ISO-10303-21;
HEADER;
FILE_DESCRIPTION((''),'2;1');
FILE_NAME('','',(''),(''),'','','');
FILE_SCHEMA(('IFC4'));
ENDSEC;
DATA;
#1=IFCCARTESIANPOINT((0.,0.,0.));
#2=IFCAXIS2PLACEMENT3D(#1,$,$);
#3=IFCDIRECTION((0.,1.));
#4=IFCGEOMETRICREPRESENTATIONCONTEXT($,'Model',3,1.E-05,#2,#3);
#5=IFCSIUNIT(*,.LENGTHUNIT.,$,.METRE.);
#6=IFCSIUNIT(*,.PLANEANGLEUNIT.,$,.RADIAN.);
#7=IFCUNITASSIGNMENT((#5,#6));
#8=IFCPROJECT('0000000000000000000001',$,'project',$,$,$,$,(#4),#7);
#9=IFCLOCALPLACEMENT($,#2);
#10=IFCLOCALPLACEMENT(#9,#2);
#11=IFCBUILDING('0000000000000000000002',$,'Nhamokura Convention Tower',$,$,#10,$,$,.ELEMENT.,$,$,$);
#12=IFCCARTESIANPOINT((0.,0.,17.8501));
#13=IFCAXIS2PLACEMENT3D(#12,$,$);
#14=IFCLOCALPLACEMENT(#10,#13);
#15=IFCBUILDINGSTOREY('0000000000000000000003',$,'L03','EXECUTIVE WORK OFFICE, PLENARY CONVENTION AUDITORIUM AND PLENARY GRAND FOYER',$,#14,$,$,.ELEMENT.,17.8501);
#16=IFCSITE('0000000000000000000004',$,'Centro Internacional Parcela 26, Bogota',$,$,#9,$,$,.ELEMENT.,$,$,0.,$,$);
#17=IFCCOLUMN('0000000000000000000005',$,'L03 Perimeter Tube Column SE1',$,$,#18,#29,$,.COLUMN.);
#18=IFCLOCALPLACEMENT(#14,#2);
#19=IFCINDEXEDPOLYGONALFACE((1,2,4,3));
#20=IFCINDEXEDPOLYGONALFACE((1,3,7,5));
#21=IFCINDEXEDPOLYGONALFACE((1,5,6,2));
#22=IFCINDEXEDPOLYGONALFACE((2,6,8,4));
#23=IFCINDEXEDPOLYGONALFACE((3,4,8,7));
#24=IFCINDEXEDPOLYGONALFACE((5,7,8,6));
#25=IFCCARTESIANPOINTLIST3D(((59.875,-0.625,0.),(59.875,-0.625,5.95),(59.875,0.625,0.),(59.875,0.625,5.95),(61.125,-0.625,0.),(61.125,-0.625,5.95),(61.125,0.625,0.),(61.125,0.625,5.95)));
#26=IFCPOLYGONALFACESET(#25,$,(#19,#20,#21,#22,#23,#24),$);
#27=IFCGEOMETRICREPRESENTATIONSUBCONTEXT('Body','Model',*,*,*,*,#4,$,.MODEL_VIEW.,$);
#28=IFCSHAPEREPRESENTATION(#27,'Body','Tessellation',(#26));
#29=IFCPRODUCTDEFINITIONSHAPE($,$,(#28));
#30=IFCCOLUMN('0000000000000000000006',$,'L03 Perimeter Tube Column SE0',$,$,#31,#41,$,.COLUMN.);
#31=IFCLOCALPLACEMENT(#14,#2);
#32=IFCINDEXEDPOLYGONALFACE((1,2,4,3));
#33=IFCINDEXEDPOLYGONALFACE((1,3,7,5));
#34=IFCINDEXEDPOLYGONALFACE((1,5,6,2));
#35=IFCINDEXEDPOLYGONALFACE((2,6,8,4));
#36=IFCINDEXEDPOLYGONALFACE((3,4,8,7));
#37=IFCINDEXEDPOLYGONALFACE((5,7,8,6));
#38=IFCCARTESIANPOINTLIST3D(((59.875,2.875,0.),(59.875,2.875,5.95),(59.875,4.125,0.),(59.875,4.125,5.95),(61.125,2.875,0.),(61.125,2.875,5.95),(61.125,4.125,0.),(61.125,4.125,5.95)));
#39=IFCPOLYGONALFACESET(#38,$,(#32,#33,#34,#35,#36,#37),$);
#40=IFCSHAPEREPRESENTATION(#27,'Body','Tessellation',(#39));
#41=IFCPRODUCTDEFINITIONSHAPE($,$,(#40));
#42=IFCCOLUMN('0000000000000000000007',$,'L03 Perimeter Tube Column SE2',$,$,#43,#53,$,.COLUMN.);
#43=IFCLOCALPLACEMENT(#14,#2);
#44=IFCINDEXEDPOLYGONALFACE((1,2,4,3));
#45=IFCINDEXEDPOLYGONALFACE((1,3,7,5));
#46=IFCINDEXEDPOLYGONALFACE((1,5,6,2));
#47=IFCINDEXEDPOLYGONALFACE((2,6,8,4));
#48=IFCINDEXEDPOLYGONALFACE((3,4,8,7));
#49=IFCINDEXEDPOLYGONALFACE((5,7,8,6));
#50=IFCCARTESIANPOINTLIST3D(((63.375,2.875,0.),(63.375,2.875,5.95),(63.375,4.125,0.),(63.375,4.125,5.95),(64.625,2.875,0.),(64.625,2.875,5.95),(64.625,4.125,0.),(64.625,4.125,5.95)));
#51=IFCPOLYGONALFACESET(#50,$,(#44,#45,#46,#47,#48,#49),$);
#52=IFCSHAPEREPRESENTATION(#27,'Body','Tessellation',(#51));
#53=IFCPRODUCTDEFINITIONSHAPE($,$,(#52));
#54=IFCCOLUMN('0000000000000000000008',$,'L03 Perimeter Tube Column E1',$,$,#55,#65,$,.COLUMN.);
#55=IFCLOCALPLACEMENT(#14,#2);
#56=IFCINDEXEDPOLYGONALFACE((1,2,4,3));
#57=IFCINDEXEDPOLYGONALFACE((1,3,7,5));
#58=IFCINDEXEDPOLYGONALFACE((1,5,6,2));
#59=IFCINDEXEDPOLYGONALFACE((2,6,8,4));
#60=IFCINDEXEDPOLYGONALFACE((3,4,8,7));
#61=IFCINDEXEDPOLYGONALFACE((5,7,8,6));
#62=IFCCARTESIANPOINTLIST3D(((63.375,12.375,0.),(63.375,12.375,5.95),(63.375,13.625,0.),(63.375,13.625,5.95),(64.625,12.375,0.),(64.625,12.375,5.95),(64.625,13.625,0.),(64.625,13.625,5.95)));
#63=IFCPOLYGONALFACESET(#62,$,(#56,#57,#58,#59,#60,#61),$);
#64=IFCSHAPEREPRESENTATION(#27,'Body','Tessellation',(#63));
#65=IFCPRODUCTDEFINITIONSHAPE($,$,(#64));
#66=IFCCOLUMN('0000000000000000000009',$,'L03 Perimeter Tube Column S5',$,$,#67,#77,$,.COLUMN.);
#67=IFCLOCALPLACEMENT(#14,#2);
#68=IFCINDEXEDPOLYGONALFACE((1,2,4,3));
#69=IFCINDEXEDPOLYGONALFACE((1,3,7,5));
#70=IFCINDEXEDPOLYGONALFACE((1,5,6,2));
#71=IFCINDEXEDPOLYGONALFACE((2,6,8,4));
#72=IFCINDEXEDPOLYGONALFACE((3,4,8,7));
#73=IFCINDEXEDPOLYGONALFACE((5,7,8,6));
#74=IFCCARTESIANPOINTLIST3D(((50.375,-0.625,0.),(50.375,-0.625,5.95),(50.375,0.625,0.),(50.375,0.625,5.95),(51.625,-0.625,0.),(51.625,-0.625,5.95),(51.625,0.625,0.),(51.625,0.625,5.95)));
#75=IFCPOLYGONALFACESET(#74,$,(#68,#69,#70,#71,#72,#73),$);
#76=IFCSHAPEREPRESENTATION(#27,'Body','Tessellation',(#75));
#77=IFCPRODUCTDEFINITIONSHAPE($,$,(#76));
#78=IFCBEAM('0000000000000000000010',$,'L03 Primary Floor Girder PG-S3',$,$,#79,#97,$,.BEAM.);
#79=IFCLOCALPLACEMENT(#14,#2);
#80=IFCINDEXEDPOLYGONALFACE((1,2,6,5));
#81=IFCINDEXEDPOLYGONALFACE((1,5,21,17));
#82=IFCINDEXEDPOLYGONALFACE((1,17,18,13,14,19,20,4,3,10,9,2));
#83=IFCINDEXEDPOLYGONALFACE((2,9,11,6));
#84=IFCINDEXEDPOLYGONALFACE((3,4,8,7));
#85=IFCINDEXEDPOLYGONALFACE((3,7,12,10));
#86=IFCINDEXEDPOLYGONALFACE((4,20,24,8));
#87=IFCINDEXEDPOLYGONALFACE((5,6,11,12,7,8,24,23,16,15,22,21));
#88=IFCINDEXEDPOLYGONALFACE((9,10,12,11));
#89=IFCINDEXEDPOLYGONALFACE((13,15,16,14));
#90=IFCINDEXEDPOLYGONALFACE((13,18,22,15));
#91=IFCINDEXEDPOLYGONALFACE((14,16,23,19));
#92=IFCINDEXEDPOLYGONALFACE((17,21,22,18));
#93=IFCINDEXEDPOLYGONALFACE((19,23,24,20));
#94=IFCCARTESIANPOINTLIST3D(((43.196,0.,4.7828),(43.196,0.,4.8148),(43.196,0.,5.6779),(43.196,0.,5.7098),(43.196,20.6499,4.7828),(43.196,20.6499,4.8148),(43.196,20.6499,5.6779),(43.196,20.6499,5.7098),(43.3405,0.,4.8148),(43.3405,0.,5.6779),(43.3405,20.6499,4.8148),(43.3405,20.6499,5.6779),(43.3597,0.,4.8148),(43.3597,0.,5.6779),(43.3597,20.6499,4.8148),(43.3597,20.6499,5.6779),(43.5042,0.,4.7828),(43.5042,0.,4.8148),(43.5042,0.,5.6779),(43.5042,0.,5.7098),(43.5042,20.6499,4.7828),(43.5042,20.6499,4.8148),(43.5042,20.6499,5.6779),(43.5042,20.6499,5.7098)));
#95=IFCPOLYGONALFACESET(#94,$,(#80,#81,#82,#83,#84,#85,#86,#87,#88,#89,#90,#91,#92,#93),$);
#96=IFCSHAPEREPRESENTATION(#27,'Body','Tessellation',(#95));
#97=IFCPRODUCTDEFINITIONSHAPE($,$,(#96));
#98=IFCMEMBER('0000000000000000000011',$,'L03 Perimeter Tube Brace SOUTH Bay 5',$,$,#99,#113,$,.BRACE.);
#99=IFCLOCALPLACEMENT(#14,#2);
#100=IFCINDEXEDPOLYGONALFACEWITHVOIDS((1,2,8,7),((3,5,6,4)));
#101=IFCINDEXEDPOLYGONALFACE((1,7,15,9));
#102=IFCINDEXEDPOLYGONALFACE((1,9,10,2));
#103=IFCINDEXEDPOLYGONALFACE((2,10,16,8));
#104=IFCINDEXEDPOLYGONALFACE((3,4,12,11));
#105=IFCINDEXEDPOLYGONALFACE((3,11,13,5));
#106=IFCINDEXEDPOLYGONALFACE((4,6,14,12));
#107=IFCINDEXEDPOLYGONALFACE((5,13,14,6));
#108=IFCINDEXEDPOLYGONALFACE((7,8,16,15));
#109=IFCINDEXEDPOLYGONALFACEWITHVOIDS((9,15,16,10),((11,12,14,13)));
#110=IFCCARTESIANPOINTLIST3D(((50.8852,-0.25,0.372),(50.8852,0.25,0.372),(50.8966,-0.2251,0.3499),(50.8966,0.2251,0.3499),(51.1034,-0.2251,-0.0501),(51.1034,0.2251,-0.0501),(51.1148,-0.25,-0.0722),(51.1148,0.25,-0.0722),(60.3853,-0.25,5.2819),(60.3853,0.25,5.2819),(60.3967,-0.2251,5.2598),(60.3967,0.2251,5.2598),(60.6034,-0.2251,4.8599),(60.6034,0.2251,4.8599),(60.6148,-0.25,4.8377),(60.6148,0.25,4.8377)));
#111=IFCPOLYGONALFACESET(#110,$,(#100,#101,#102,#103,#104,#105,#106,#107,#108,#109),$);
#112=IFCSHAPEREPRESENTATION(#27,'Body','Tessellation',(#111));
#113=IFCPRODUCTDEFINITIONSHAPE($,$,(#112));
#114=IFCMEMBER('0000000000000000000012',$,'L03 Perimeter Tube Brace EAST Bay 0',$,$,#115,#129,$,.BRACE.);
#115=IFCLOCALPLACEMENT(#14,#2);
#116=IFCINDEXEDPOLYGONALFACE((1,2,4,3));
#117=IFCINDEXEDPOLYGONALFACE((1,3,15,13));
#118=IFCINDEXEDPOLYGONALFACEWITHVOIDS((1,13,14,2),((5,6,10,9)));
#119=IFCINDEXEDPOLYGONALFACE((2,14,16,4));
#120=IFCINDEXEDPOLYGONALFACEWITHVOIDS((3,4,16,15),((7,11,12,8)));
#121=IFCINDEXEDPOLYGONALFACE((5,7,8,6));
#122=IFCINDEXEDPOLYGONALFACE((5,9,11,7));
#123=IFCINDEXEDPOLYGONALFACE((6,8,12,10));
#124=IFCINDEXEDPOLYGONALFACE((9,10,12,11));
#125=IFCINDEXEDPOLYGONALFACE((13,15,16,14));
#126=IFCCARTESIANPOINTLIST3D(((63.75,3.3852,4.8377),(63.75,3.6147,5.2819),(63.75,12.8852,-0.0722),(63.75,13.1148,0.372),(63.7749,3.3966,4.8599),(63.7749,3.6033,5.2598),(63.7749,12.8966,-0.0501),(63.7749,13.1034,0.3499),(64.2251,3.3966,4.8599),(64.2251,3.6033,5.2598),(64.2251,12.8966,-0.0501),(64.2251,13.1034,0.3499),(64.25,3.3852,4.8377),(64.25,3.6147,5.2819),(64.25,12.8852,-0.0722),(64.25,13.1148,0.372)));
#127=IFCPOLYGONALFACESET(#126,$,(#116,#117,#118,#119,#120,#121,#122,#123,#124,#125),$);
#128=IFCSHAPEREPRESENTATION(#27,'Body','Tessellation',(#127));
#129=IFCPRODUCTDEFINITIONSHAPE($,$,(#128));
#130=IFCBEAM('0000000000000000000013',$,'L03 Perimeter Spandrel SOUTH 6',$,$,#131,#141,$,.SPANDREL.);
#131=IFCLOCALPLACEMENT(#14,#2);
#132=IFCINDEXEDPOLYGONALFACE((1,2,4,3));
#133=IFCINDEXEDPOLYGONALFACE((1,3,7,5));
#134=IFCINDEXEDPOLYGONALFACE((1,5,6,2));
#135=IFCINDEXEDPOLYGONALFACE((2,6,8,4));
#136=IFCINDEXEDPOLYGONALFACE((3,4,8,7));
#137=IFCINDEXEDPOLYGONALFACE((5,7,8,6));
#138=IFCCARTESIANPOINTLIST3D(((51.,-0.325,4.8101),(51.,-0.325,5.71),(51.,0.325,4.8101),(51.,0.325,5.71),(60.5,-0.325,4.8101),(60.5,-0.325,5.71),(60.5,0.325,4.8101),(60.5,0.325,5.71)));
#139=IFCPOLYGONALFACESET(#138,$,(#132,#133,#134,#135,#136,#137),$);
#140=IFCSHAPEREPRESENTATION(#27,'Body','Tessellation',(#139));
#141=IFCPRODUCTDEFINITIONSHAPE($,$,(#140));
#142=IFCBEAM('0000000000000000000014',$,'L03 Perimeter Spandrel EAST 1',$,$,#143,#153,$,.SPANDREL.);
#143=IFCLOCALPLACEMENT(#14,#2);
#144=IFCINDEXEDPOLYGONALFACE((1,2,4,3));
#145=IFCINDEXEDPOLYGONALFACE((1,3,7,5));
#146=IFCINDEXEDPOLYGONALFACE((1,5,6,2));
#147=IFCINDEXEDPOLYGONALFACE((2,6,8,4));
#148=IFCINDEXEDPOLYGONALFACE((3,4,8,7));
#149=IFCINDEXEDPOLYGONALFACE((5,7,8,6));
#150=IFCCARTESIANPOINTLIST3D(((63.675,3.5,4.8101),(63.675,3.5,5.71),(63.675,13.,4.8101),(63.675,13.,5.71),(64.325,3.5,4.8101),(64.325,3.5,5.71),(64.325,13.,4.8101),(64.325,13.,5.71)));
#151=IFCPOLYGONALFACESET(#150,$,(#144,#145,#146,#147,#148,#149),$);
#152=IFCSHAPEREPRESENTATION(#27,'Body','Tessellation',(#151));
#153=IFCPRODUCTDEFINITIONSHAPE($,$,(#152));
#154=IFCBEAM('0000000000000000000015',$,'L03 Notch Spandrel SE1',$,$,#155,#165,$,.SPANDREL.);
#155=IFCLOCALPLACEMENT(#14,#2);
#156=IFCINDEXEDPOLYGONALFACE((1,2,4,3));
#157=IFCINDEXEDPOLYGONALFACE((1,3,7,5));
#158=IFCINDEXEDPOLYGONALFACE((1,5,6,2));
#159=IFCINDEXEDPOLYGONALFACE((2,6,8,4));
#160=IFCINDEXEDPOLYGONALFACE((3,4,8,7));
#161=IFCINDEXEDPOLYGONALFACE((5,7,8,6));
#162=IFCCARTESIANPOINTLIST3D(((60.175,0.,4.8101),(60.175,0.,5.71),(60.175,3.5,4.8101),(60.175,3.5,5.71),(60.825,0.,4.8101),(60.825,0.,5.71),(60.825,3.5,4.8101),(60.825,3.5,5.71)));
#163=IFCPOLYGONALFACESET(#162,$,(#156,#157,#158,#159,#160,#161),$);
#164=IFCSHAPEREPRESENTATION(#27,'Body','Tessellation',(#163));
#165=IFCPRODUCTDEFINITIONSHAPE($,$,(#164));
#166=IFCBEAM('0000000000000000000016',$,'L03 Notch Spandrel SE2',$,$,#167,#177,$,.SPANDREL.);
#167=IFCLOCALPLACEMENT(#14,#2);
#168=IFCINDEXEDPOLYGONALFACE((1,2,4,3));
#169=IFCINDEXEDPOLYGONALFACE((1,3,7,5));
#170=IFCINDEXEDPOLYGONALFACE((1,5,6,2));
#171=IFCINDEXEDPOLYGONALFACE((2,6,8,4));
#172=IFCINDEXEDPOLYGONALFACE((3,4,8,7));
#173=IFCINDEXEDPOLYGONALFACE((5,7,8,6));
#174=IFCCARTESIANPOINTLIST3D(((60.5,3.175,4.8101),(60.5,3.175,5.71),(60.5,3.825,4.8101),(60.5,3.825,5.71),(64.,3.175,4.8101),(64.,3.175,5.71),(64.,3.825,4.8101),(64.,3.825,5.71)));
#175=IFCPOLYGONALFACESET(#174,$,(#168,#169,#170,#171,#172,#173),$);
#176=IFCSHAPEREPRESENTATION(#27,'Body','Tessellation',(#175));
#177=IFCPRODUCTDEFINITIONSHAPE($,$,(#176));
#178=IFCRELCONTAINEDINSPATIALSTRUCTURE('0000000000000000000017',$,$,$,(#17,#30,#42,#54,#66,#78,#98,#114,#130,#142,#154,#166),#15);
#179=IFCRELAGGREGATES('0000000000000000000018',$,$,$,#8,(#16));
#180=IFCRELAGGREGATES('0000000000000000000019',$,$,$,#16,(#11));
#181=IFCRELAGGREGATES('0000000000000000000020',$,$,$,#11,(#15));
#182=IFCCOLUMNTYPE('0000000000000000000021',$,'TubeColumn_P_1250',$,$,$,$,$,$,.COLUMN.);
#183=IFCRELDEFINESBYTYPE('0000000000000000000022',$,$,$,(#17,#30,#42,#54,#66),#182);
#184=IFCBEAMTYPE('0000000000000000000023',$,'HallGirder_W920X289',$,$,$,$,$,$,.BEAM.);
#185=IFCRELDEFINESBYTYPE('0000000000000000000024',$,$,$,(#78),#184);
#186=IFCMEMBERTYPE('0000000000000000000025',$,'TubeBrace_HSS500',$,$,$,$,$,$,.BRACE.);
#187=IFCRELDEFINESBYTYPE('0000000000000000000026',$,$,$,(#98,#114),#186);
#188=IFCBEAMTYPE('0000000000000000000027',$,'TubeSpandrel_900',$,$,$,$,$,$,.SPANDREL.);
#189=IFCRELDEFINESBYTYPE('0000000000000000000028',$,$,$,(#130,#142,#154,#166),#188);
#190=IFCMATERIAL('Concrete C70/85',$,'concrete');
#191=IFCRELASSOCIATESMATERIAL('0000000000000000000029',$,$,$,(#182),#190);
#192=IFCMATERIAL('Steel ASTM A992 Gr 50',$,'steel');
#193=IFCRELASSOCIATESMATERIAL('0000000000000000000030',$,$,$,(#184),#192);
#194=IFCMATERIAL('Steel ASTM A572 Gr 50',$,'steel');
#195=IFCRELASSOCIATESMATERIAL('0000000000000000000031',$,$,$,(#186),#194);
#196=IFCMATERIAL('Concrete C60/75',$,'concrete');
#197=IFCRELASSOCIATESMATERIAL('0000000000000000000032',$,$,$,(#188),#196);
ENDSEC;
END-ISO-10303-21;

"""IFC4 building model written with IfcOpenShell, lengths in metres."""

from ifc_helpers import new_model, si_unit, direction, frame, origin, origin_2d, place, context, subcontext, project, spatial, rectangle, hollow_rectangle, i_section, extrude, material, material_profile, profile_set, type_object, element, save


model = new_model("IFC4")

# Units and contexts
model_context = context("Model", 3, precision=1e-05, world=origin(), true_north=direction((0.0, 1.0)))
body_context = subcontext(model_context, "Body", "Model", "MODEL_VIEW")
ifc_project = project(units=[si_unit("LENGTHUNIT", "METRE"), si_unit("PLANEANGLEUNIT", "RADIAN")], contexts=[model_context])

# Site, building, storey
site_placement = place(None, origin())
site = spatial("IfcSite", under=ifc_project, at=site_placement, Name="Centro Internacional Parcela 26, Bogota", CompositionType="ELEMENT", RefElevation=0.0)
building_placement = place(site_placement, origin())
building = spatial("IfcBuilding", under=site, at=building_placement, Name="Nhamokura Convention Tower", CompositionType="ELEMENT")
storey_placement = place(building_placement, frame((0.0, 0.0, 17.8501)))
storey = spatial("IfcBuildingStorey", under=building, at=storey_placement, Name="L03", Description="EXECUTIVE WORK OFFICE, PLENARY CONVENTION AUDITORIUM AND PLENARY GRAND FOYER", CompositionType="ELEMENT", Elevation=17.8501)

# Columns
ifc_material_1 = material(Name="Concrete C70/85", Category="concrete")
ifc_material_profile_1 = material_profile(ifc_material_1, rectangle(XDim=1.25, YDim=1.25, at=origin_2d()))
ifc_profile_set_1 = profile_set([ifc_material_profile_1], Name="Concrete C70/85")
column_type = type_object("IfcColumnType", Name="TubeColumn_P_1250", PredefinedType="COLUMN", material=ifc_profile_set_1)
for number, where, z_axis, x_axis, name in (
    (1, (60.5, 0.0, 0.0), (0.0, 0.0, 1.0), (1.0, 0.0, 0.0), "L03 Perimeter Tube Column SE1"),
    (2, (60.5, 3.5, 0.0), (0.0, 0.0, 1.0), (1.0, 0.0, 0.0), "L03 Perimeter Tube Column SE0"),
    (3, (64.0, 3.5, 0.0), (0.0, 0.0, 1.0), (1.0, 0.0, 0.0), "L03 Perimeter Tube Column SE2"),
    (4, (64.0, 13.0, 0.0), (0.0, 0.0, 1.0), (1.0, 0.0, 0.0), "L03 Perimeter Tube Column E1"),
    (5, (51.0, 0.0, 0.0), (0.0, 0.0, 1.0), (1.0, 0.0, 0.0), "L03 Perimeter Tube Column S5"),
):
    element("IfcColumn", number, at=place(storey_placement, frame(where, z_axis=z_axis, x_axis=x_axis)), inside=storey, type_object=column_type, Name=name, PredefinedType="COLUMN", context=body_context, shape_type="SweptSolid", body=[
        extrude(rectangle(XDim=1.25, YDim=1.25, at=origin_2d()), origin(), (0.0, 0.0, 1.0), 5.95),
    ])

# Beam
ifc_material_2 = material(Name="Steel ASTM A992 Gr 50", Category="steel")
ifc_material_profile_2 = material_profile(ifc_material_2, i_section(OverallWidth=0.3081, OverallDepth=0.927, WebThickness=0.0193, FlangeThickness=0.032, at=origin_2d()))
ifc_profile_set_2 = profile_set([ifc_material_profile_2], Name="Steel ASTM A992 Gr 50")
beam_type_1 = type_object("IfcBeamType", Name="HallGirder_W920X289", PredefinedType="BEAM", material=ifc_profile_set_2)
beam_placement = place(storey_placement, frame((43.3501, 0.0, 5.2463), z_axis=(0.0, 1.0, 0.0), x_axis=(-1.0, 0.0, 0.0)))
element("IfcBeam", 6, at=beam_placement, inside=storey, type_object=beam_type_1, Name="L03 Primary Floor Girder PG-S3", PredefinedType="BEAM", context=body_context, shape_type="SweptSolid", body=[
    extrude(i_section(OverallWidth=0.3081, OverallDepth=0.927, WebThickness=0.0193, FlangeThickness=0.032, at=origin_2d()), origin(), (0.0, 0.0, 1.0), 20.6499),
])

# Members
ifc_material_3 = material(Name="Steel ASTM A572 Gr 50", Category="steel")
ifc_material_profile_3 = material_profile(ifc_material_3, hollow_rectangle(XDim=0.5, YDim=0.5, WallThickness=0.0249, at=origin_2d()))
ifc_profile_set_3 = profile_set([ifc_material_profile_3], Name="Steel ASTM A572 Gr 50")
member_type = type_object("IfcMemberType", Name="TubeBrace_HSS500", PredefinedType="BRACE", material=ifc_profile_set_3)
for number, where, z_axis, x_axis, name in (
    (7, (51.0, 0.0, 0.1499), (0.888366, 0.0, 0.459137), (0.0, 1.0, 0.0), "L03 Perimeter Tube Brace SOUTH Bay 5"),
    (8, (64.0, 13.0, 0.1499), (0.0, -0.888366, 0.459137), (1.0, 0.0, 0.0), "L03 Perimeter Tube Brace EAST Bay 0"),
):
    element("IfcMember", number, at=place(storey_placement, frame(where, z_axis=z_axis, x_axis=x_axis)), inside=storey, type_object=member_type, Name=name, PredefinedType="BRACE", context=body_context, shape_type="SweptSolid", body=[
        extrude(hollow_rectangle(XDim=0.5, YDim=0.5, WallThickness=0.0249, at=origin_2d()), origin(), (0.0, 0.0, 1.0), 10.6938),
    ])

# Beams
ifc_material_4 = material(Name="Concrete C60/75", Category="concrete")
ifc_material_profile_4 = material_profile(ifc_material_4, rectangle(XDim=0.6499, YDim=0.8999, at=origin_2d()))
ifc_profile_set_4 = profile_set([ifc_material_profile_4], Name="Concrete C60/75")
beam_type_2 = type_object("IfcBeamType", Name="TubeSpandrel_900", PredefinedType="SPANDREL", material=ifc_profile_set_4)
for number, where, z_axis, x_axis, name in (
    (9, (51.0, 0.0, 5.26), (1.0, 0.0, 0.0), (0.0, 1.0, 0.0), "L03 Perimeter Spandrel SOUTH 6"),
    (10, (64.0, 3.5, 5.26), (0.0, 1.0, 0.0), (-1.0, 0.0, 0.0), "L03 Perimeter Spandrel EAST 1"),
):
    element("IfcBeam", number, at=place(storey_placement, frame(where, z_axis=z_axis, x_axis=x_axis)), inside=storey, type_object=beam_type_2, Name=name, PredefinedType="SPANDREL", context=body_context, shape_type="SweptSolid", body=[
        extrude(rectangle(XDim=0.6499, YDim=0.8999, at=origin_2d()), origin(), (0.0, 0.0, 1.0), 9.5),
    ])
for number, where, z_axis, x_axis, name in (
    (11, (60.5, 0.0, 5.26), (0.0, 1.0, 0.0), (-1.0, 0.0, 0.0), "L03 Notch Spandrel SE1"),
    (12, (60.5, 3.5, 5.26), (1.0, 0.0, 0.0), (0.0, 1.0, 0.0), "L03 Notch Spandrel SE2"),
):
    element("IfcBeam", number, at=place(storey_placement, frame(where, z_axis=z_axis, x_axis=x_axis)), inside=storey, type_object=beam_type_2, Name=name, PredefinedType="SPANDREL", context=body_context, shape_type="SweptSolid", body=[
        extrude(rectangle(XDim=0.6499, YDim=0.8999, at=origin_2d()), origin(), (0.0, 0.0, 1.0), 3.5),
    ])

save(model, "model.ifc")
